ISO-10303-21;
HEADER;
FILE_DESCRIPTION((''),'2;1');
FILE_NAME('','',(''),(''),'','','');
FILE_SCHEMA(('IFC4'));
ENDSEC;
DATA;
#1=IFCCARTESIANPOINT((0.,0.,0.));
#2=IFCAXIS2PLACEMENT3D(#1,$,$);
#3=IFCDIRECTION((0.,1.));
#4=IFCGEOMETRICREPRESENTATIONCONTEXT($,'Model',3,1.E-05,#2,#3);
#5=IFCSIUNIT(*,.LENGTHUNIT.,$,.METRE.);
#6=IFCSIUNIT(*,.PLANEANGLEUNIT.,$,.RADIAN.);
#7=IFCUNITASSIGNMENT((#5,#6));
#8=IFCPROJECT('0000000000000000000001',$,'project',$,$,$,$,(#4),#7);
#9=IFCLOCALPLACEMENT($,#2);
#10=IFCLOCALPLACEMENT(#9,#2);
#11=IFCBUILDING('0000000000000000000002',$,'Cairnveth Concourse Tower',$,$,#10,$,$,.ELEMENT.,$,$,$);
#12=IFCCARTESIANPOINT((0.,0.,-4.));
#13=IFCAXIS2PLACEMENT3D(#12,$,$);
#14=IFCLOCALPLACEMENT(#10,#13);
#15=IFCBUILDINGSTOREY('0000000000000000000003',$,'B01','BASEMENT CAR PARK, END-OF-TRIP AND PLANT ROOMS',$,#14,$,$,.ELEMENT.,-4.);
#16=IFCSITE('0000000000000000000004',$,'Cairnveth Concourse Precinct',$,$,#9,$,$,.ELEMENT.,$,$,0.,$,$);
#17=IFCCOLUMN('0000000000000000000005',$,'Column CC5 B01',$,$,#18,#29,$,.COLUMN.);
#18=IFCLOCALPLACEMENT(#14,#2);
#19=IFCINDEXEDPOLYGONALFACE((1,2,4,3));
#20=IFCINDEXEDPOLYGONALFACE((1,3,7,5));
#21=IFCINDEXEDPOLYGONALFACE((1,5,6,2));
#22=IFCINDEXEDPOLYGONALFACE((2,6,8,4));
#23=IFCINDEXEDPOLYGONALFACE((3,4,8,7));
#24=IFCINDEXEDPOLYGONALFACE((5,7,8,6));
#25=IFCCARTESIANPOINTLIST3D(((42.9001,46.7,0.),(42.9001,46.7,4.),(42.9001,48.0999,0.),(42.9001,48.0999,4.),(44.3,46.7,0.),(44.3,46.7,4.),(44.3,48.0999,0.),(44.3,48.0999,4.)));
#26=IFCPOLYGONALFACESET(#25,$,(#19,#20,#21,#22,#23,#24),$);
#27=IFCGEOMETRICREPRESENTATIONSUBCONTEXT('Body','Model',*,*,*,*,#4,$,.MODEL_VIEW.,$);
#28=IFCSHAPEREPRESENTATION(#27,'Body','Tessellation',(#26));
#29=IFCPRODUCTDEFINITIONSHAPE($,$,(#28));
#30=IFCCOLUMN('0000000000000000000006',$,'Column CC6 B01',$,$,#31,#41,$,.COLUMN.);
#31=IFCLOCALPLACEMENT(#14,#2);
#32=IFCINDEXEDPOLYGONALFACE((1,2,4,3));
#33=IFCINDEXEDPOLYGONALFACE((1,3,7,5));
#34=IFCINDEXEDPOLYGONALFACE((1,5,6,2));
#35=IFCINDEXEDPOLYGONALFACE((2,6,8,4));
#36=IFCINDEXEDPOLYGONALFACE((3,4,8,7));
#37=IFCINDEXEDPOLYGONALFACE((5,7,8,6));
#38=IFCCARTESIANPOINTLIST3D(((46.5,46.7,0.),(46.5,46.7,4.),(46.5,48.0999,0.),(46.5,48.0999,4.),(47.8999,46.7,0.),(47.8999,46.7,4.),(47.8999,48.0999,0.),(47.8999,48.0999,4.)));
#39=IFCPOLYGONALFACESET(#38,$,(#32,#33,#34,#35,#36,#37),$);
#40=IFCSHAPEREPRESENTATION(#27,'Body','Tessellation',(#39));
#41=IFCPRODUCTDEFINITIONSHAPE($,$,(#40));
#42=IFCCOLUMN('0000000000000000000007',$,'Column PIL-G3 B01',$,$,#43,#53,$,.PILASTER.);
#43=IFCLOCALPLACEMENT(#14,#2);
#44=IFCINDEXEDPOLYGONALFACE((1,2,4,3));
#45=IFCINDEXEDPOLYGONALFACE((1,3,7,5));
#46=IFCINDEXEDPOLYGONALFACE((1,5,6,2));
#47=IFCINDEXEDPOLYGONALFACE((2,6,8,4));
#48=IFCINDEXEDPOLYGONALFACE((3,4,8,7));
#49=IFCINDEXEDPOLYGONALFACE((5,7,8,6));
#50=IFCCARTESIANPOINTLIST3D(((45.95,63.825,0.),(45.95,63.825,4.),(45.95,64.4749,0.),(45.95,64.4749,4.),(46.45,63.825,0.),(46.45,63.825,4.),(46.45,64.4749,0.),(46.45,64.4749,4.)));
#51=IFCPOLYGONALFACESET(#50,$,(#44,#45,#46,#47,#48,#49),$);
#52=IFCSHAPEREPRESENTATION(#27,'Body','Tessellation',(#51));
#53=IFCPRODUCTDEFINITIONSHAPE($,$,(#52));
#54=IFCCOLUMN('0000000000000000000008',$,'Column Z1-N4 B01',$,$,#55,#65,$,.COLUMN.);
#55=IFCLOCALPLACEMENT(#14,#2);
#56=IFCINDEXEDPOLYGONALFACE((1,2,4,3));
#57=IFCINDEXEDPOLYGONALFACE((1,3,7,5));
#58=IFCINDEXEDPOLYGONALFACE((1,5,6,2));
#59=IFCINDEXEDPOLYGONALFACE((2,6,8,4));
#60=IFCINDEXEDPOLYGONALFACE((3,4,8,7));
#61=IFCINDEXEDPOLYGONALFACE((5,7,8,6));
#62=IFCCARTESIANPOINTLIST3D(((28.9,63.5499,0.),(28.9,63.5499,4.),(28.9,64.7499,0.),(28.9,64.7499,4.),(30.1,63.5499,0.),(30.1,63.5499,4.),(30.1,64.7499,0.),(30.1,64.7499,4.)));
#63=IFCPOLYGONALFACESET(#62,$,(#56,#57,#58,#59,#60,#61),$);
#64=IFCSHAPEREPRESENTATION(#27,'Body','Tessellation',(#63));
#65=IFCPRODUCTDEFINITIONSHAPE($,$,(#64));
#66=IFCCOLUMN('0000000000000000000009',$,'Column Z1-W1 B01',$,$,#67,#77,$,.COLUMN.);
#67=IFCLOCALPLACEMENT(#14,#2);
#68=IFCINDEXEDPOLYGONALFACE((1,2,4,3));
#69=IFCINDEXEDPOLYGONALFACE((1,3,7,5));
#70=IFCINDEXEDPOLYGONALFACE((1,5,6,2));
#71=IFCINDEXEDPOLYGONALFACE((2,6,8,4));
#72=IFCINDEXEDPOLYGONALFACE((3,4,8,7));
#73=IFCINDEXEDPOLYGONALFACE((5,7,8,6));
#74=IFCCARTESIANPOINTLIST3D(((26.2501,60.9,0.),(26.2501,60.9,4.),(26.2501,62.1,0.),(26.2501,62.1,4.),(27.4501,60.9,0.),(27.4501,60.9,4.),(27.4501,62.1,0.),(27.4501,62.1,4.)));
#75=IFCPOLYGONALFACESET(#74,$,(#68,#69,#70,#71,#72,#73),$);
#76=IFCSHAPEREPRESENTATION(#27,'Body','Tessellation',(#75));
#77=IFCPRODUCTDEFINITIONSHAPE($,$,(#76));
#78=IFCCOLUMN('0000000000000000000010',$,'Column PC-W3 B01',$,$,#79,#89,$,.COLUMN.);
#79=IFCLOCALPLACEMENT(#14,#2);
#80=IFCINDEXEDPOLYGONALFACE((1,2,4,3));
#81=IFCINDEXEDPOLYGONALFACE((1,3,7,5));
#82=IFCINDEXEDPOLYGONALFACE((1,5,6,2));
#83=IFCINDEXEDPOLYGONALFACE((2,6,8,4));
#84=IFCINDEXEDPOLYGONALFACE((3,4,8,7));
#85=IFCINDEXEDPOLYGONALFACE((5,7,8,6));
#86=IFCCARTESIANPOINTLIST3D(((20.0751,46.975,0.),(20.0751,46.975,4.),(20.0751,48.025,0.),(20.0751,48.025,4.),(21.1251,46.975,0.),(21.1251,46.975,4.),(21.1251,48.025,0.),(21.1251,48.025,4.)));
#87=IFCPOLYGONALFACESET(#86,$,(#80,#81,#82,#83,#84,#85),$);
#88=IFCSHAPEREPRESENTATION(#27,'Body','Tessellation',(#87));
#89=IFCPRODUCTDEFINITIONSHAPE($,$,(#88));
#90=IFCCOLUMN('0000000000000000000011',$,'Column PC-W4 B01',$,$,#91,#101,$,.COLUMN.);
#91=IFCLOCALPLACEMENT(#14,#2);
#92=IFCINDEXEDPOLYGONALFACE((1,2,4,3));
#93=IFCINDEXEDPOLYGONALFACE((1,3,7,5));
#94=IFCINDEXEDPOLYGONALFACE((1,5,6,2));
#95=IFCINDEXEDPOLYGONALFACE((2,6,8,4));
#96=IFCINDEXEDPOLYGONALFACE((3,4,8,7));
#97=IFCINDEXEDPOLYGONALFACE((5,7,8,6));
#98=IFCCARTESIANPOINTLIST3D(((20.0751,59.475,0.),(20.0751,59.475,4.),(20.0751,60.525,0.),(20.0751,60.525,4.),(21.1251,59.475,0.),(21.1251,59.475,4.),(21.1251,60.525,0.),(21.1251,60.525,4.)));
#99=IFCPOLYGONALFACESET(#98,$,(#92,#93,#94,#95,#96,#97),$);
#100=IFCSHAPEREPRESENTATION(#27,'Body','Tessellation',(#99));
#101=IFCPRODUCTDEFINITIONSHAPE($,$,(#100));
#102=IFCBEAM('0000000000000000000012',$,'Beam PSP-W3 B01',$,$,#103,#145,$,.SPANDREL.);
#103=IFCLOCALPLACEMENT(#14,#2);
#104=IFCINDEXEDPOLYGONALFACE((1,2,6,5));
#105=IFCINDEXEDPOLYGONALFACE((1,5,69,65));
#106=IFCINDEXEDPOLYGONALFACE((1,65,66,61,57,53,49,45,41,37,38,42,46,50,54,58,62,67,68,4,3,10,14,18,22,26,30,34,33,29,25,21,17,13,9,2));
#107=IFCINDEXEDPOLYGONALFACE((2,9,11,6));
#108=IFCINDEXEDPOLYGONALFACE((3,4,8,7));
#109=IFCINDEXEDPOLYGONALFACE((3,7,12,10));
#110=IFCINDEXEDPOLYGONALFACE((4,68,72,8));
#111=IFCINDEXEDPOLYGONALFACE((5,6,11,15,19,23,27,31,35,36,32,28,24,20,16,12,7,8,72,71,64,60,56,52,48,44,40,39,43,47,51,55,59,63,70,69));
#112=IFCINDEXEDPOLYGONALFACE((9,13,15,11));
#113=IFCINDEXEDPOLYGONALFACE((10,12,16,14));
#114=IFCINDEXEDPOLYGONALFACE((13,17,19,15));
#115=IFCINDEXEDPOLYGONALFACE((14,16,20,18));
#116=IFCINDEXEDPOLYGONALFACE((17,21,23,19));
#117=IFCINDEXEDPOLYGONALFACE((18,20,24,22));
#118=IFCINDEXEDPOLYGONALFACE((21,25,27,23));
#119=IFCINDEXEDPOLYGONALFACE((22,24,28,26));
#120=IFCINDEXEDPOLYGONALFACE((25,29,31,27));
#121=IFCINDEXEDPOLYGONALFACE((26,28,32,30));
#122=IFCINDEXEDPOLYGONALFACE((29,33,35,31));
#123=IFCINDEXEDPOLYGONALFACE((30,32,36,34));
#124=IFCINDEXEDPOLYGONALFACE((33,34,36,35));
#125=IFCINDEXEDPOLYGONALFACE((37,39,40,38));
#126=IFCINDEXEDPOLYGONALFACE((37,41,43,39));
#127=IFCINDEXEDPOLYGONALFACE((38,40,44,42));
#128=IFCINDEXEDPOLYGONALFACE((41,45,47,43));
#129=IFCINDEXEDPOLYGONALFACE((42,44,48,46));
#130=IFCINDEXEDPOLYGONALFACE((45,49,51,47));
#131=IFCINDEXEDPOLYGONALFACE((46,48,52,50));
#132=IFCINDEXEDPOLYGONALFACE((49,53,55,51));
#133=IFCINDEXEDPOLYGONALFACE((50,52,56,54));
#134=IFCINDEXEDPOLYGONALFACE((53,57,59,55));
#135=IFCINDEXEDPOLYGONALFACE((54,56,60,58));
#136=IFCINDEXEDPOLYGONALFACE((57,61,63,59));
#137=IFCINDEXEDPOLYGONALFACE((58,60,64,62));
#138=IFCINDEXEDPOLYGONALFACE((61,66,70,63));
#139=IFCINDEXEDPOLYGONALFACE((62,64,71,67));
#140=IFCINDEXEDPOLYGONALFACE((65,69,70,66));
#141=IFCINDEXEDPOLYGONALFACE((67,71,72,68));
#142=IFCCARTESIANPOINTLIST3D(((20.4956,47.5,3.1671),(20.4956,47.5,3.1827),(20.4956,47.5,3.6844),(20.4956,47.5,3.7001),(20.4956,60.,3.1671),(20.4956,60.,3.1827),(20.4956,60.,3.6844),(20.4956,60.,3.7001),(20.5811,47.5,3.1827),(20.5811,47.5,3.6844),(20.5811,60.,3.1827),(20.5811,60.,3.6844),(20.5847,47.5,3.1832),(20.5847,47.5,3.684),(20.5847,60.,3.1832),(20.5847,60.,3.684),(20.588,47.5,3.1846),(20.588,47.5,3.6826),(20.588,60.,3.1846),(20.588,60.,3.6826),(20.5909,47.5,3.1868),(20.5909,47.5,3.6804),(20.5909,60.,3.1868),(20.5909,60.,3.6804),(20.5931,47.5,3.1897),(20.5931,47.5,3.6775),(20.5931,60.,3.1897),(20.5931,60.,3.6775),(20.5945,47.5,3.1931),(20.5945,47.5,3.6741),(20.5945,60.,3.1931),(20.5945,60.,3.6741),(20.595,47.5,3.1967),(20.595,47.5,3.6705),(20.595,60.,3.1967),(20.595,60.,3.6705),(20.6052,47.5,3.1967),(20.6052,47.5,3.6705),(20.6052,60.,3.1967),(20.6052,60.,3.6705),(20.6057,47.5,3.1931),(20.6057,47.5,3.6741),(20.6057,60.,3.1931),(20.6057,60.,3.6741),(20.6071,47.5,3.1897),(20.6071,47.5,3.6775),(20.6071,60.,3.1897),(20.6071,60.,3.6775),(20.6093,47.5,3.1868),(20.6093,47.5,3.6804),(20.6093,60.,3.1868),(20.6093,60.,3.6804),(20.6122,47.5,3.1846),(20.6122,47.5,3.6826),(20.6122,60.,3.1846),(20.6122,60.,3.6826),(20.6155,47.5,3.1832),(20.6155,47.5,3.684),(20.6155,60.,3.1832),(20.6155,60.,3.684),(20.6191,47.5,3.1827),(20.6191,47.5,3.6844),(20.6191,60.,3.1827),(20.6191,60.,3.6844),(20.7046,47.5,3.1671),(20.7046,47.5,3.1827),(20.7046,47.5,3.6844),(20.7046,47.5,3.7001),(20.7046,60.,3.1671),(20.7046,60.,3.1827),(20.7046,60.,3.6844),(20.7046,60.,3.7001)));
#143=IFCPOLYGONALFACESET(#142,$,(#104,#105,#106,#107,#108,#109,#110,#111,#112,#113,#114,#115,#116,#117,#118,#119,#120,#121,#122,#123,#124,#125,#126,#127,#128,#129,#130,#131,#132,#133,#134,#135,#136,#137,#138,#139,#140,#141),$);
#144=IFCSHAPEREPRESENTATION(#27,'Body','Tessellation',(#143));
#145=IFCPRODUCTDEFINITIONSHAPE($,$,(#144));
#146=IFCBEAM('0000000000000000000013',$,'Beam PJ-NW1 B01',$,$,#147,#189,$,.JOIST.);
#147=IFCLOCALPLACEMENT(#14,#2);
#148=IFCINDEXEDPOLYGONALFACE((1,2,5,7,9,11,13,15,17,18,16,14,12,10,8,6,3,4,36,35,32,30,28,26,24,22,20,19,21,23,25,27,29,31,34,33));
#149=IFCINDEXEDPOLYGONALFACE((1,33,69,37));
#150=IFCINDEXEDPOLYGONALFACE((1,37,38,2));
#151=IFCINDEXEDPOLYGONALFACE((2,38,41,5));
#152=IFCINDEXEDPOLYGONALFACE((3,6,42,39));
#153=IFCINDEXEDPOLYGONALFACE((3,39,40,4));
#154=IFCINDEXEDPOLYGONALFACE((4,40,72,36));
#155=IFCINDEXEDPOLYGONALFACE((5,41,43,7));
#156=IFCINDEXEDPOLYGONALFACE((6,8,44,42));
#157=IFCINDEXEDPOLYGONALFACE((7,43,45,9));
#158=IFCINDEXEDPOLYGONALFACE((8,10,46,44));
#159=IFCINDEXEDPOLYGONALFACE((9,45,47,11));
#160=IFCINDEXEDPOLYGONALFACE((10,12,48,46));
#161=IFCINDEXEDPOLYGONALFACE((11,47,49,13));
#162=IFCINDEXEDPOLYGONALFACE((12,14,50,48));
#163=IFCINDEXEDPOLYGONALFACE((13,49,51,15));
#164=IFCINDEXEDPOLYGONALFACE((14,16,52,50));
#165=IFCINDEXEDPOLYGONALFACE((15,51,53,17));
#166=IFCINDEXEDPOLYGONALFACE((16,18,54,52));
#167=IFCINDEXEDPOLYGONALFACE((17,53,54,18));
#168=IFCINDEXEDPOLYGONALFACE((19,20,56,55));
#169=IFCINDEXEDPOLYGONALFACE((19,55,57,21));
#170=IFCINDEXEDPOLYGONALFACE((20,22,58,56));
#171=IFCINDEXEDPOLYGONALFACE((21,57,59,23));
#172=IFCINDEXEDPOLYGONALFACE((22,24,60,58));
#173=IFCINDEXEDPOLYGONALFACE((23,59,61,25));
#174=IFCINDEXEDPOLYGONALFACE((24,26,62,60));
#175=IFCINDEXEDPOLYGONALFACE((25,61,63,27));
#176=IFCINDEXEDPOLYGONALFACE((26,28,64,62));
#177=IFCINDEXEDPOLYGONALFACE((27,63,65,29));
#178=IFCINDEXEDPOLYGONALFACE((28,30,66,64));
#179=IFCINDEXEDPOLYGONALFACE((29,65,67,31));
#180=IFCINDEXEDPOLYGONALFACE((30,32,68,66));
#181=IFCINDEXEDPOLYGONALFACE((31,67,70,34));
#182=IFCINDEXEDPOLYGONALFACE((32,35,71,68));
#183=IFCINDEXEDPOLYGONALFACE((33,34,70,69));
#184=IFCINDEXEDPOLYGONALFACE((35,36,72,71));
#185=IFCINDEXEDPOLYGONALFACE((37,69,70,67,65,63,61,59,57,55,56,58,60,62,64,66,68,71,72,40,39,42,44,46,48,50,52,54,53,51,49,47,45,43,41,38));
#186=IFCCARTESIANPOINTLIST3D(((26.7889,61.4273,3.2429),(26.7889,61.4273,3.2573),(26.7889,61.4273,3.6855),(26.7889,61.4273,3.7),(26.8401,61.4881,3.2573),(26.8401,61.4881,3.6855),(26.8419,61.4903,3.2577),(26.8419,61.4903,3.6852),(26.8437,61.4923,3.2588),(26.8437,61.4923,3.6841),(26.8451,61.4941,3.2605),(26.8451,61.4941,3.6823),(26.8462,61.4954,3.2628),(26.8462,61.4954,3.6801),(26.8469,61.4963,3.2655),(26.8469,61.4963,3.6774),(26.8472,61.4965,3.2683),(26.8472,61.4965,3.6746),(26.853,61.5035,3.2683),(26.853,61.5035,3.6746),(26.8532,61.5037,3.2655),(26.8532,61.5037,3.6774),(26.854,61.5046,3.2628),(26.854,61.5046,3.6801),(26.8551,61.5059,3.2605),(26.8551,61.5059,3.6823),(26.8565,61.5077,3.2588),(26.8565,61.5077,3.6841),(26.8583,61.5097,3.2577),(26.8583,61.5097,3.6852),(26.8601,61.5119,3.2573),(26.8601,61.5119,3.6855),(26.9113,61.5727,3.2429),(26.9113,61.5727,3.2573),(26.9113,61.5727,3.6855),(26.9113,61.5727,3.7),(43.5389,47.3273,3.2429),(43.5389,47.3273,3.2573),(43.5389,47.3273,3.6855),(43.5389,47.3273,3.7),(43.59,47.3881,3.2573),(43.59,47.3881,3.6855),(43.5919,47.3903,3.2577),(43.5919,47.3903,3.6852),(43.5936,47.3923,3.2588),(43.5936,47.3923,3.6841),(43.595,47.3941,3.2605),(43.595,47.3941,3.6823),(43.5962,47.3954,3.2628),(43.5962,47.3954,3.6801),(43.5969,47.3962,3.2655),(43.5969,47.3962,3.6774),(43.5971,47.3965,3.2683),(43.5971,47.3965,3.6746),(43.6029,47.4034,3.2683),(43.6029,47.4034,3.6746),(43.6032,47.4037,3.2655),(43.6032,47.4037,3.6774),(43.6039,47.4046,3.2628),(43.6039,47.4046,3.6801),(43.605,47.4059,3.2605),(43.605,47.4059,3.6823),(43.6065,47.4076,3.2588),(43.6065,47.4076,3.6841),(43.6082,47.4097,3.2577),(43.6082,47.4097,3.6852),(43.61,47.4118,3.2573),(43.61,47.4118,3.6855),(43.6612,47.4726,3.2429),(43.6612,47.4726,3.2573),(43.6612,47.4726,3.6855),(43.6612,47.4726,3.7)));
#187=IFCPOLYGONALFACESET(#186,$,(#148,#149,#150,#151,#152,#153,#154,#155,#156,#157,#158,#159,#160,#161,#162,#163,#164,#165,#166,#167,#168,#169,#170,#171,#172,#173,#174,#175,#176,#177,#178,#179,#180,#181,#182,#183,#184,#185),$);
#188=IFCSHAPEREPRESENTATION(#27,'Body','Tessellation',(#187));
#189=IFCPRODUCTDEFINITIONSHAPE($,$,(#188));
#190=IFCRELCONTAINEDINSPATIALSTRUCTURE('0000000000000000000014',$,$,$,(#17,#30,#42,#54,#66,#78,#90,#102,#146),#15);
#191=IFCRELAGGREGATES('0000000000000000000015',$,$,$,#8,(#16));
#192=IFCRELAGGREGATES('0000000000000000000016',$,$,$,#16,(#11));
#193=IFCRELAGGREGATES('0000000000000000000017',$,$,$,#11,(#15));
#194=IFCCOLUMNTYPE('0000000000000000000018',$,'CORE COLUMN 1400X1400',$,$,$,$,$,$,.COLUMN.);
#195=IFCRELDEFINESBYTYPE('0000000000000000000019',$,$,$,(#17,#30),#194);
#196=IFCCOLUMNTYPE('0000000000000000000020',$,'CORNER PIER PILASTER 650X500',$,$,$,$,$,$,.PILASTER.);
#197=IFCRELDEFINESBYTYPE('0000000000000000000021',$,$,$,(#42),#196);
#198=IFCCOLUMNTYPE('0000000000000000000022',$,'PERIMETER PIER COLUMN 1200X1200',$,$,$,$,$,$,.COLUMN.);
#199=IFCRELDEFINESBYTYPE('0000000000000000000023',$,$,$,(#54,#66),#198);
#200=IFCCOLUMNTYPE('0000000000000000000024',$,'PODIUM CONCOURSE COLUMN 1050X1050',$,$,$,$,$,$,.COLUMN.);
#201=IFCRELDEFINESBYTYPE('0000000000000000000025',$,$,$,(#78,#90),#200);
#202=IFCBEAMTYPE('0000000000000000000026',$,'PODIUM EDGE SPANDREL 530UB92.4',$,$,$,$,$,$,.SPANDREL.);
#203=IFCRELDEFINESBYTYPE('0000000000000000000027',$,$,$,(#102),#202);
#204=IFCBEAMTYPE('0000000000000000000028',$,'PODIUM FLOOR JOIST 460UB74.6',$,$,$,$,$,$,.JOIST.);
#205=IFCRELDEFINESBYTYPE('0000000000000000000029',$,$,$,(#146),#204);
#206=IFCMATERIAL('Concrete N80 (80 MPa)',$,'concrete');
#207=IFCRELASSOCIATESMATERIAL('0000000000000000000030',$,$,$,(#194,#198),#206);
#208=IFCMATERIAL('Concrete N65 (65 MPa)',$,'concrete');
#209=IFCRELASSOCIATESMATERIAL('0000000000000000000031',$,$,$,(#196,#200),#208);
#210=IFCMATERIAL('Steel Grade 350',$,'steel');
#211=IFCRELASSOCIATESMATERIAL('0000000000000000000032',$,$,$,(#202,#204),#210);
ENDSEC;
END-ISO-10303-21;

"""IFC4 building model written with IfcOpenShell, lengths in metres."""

from ifc_helpers import new_model, si_unit, direction, frame, origin, origin_2d, place, context, subcontext, project, spatial, rectangle, i_section, extrude, material, material_profile, profile_set, type_object, element, save


model = new_model("IFC4")

# Units and contexts
model_context = context("Model", 3, precision=1e-05, world=origin(), true_north=direction((0.0, 1.0)))
body_context = subcontext(model_context, "Body", "Model", "MODEL_VIEW")
ifc_project = project(units=[si_unit("LENGTHUNIT", "METRE"), si_unit("PLANEANGLEUNIT", "RADIAN")], contexts=[model_context])

# Site, building, storey
site_placement = place(None, origin())
site = spatial("IfcSite", under=ifc_project, at=site_placement, Name="Cairnveth Concourse Precinct", CompositionType="ELEMENT", RefElevation=0.0)
building_placement = place(site_placement, origin())
building = spatial("IfcBuilding", under=site, at=building_placement, Name="Cairnveth Concourse Tower", CompositionType="ELEMENT")
storey_placement = place(building_placement, frame((0.0, 0.0, -4.0)))
storey = spatial("IfcBuildingStorey", under=building, at=storey_placement, Name="B01", Description="BASEMENT CAR PARK, END-OF-TRIP AND PLANT ROOMS", CompositionType="ELEMENT", Elevation=-4.0)

# Columns
ifc_material_1 = material(Name="Concrete N80 (80 MPa)", Category="concrete")
ifc_material_profile_1 = material_profile(ifc_material_1, rectangle(XDim=1.3999, YDim=1.3999, at=origin_2d()), Name="RC-COL-1400x1400")
ifc_profile_set_1 = profile_set([ifc_material_profile_1], Name="Concrete N80 (80 MPa)")
column_type_1 = type_object("IfcColumnType", Name="CORE COLUMN 1400X1400", PredefinedType="COLUMN", material=ifc_profile_set_1)
for number, where, z_axis, x_axis, name in (
    (1, (43.6001, 47.3999, 0.0), (0.0, 0.0, 1.0), (1.0, 0.0, 0.0), "Column CC5 B01"),
    (2, (47.2, 47.3999, 0.0), (0.0, 0.0, 1.0), (1.0, 0.0, 0.0), "Column CC6 B01"),
):
    element("IfcColumn", number, at=place(storey_placement, frame(where, z_axis=z_axis, x_axis=x_axis)), inside=storey, type_object=column_type_1, Name=name, PredefinedType="COLUMN", context=body_context, shape_type="SweptSolid", body=[
        extrude(rectangle(XDim=1.3999, YDim=1.3999, at=origin_2d()), origin(), (0.0, 0.0, 1.0), 4.0),
    ])
ifc_material_2 = material(Name="Concrete N65 (65 MPa)", Category="concrete")
ifc_material_profile_2 = material_profile(ifc_material_2, rectangle(XDim=0.5, YDim=0.6499, at=origin_2d()), Name="RC-PIL-650x500")
ifc_profile_set_2 = profile_set([ifc_material_profile_2], Name="Concrete N65 (65 MPa)")
column_type_2 = type_object("IfcColumnType", Name="CORNER PIER PILASTER 650X500", PredefinedType="PILASTER", material=ifc_profile_set_2)
column_placement = place(storey_placement, frame((46.2, 64.1499, 0.0), z_axis=(0.0, 0.0, 1.0), x_axis=(1.0, 0.0, 0.0)))
element("IfcColumn", 3, at=column_placement, inside=storey, type_object=column_type_2, Name="Column PIL-G3 B01", PredefinedType="PILASTER", context=body_context, shape_type="SweptSolid", body=[
    extrude(rectangle(XDim=0.5, YDim=0.6499, at=origin_2d()), origin(), (0.0, 0.0, 1.0), 4.0),
])
ifc_material_profile_3 = material_profile(ifc_material_1, rectangle(XDim=1.2, YDim=1.2, at=origin_2d()), Name="RC-COL-1200x1200")
ifc_profile_set_3 = profile_set([ifc_material_profile_3], Name="Concrete N80 (80 MPa)")
column_type_3 = type_object("IfcColumnType", Name="PERIMETER PIER COLUMN 1200X1200", PredefinedType="COLUMN", material=ifc_profile_set_3)
for number, where, z_axis, x_axis, name in (
    (4, (29.5, 64.1499, 0.0), (0.0, 0.0, 1.0), (1.0, 0.0, 0.0), "Column Z1-N4 B01"),
    (5, (26.8501, 61.5, 0.0), (0.0, 0.0, 1.0), (1.0, 0.0, 0.0), "Column Z1-W1 B01"),
):
    element("IfcColumn", number, at=place(storey_placement, frame(where, z_axis=z_axis, x_axis=x_axis)), inside=storey, type_object=column_type_3, Name=name, PredefinedType="COLUMN", context=body_context, shape_type="SweptSolid", body=[
        extrude(rectangle(XDim=1.2, YDim=1.2, at=origin_2d()), origin(), (0.0, 0.0, 1.0), 4.0),
    ])
ifc_material_profile_4 = material_profile(ifc_material_2, rectangle(XDim=1.05, YDim=1.05, at=origin_2d()), Name="RC-COL-1050x1050")
ifc_profile_set_4 = profile_set([ifc_material_profile_4], Name="Concrete N65 (65 MPa)")
column_type_4 = type_object("IfcColumnType", Name="PODIUM CONCOURSE COLUMN 1050X1050", PredefinedType="COLUMN", material=ifc_profile_set_4)
for number, where, z_axis, x_axis, name in (
    (6, (20.6001, 47.5, 0.0), (0.0, 0.0, 1.0), (1.0, 0.0, 0.0), "Column PC-W3 B01"),
    (7, (20.6001, 60.0, 0.0), (0.0, 0.0, 1.0), (1.0, 0.0, 0.0), "Column PC-W4 B01"),
):
    element("IfcColumn", number, at=place(storey_placement, frame(where, z_axis=z_axis, x_axis=x_axis)), inside=storey, type_object=column_type_4, Name=name, PredefinedType="COLUMN", context=body_context, shape_type="SweptSolid", body=[
        extrude(rectangle(XDim=1.05, YDim=1.05, at=origin_2d()), origin(), (0.0, 0.0, 1.0), 4.0),
    ])

# Beams
ifc_material_3 = material(Name="Steel Grade 350", Category="steel")
ifc_material_profile_5 = material_profile(ifc_material_3, i_section(OverallWidth=0.209, OverallDepth=0.533, WebThickness=0.0103, FlangeThickness=0.0156, FilletRadius=0.0139, at=origin_2d()), Name="530UB92.4")
ifc_profile_set_5 = profile_set([ifc_material_profile_5], Name="Steel Grade 350")
beam_type_1 = type_object("IfcBeamType", Name="PODIUM EDGE SPANDREL 530UB92.4", PredefinedType="SPANDREL", material=ifc_profile_set_5)
beam_1_placement = place(storey_placement, frame((20.6001, 47.5, 3.4336), z_axis=(0.0, 1.0, 0.0), x_axis=(-1.0, 0.0, 0.0)))
element("IfcBeam", 8, at=beam_1_placement, inside=storey, type_object=beam_type_1, Name="Beam PSP-W3 B01", PredefinedType="SPANDREL", context=body_context, shape_type="SweptSolid", body=[
    extrude(i_section(OverallWidth=0.209, OverallDepth=0.533, WebThickness=0.0103, FlangeThickness=0.0156, FilletRadius=0.0139, at=origin_2d()), origin(), (0.0, 0.0, 1.0), 12.5),
])
ifc_material_profile_6 = material_profile(ifc_material_3, i_section(OverallWidth=0.1899, OverallDepth=0.457, WebThickness=0.009, FlangeThickness=0.0144, FilletRadius=0.011, at=origin_2d()), Name="460UB74.6")
ifc_profile_set_6 = profile_set([ifc_material_profile_6], Name="Steel Grade 350")
beam_type_2 = type_object("IfcBeamType", Name="PODIUM FLOOR JOIST 460UB74.6", PredefinedType="JOIST", material=ifc_profile_set_6)
beam_2_placement = place(storey_placement, frame((26.8501, 61.5, 3.4714), z_axis=(0.765027, -0.643998, 0.0), x_axis=(0.643998, 0.765027, 0.0)))
element("IfcBeam", 9, at=beam_2_placement, inside=storey, type_object=beam_type_2, Name="Beam PJ-NW1 B01", PredefinedType="JOIST", context=body_context, shape_type="SweptSolid", body=[
    extrude(i_section(OverallWidth=0.1899, OverallDepth=0.457, WebThickness=0.009, FlangeThickness=0.0144, FilletRadius=0.011, at=origin_2d()), origin(), (0.0, 0.0, 1.0), 21.8945),
])

save(model, "model.ifc")
